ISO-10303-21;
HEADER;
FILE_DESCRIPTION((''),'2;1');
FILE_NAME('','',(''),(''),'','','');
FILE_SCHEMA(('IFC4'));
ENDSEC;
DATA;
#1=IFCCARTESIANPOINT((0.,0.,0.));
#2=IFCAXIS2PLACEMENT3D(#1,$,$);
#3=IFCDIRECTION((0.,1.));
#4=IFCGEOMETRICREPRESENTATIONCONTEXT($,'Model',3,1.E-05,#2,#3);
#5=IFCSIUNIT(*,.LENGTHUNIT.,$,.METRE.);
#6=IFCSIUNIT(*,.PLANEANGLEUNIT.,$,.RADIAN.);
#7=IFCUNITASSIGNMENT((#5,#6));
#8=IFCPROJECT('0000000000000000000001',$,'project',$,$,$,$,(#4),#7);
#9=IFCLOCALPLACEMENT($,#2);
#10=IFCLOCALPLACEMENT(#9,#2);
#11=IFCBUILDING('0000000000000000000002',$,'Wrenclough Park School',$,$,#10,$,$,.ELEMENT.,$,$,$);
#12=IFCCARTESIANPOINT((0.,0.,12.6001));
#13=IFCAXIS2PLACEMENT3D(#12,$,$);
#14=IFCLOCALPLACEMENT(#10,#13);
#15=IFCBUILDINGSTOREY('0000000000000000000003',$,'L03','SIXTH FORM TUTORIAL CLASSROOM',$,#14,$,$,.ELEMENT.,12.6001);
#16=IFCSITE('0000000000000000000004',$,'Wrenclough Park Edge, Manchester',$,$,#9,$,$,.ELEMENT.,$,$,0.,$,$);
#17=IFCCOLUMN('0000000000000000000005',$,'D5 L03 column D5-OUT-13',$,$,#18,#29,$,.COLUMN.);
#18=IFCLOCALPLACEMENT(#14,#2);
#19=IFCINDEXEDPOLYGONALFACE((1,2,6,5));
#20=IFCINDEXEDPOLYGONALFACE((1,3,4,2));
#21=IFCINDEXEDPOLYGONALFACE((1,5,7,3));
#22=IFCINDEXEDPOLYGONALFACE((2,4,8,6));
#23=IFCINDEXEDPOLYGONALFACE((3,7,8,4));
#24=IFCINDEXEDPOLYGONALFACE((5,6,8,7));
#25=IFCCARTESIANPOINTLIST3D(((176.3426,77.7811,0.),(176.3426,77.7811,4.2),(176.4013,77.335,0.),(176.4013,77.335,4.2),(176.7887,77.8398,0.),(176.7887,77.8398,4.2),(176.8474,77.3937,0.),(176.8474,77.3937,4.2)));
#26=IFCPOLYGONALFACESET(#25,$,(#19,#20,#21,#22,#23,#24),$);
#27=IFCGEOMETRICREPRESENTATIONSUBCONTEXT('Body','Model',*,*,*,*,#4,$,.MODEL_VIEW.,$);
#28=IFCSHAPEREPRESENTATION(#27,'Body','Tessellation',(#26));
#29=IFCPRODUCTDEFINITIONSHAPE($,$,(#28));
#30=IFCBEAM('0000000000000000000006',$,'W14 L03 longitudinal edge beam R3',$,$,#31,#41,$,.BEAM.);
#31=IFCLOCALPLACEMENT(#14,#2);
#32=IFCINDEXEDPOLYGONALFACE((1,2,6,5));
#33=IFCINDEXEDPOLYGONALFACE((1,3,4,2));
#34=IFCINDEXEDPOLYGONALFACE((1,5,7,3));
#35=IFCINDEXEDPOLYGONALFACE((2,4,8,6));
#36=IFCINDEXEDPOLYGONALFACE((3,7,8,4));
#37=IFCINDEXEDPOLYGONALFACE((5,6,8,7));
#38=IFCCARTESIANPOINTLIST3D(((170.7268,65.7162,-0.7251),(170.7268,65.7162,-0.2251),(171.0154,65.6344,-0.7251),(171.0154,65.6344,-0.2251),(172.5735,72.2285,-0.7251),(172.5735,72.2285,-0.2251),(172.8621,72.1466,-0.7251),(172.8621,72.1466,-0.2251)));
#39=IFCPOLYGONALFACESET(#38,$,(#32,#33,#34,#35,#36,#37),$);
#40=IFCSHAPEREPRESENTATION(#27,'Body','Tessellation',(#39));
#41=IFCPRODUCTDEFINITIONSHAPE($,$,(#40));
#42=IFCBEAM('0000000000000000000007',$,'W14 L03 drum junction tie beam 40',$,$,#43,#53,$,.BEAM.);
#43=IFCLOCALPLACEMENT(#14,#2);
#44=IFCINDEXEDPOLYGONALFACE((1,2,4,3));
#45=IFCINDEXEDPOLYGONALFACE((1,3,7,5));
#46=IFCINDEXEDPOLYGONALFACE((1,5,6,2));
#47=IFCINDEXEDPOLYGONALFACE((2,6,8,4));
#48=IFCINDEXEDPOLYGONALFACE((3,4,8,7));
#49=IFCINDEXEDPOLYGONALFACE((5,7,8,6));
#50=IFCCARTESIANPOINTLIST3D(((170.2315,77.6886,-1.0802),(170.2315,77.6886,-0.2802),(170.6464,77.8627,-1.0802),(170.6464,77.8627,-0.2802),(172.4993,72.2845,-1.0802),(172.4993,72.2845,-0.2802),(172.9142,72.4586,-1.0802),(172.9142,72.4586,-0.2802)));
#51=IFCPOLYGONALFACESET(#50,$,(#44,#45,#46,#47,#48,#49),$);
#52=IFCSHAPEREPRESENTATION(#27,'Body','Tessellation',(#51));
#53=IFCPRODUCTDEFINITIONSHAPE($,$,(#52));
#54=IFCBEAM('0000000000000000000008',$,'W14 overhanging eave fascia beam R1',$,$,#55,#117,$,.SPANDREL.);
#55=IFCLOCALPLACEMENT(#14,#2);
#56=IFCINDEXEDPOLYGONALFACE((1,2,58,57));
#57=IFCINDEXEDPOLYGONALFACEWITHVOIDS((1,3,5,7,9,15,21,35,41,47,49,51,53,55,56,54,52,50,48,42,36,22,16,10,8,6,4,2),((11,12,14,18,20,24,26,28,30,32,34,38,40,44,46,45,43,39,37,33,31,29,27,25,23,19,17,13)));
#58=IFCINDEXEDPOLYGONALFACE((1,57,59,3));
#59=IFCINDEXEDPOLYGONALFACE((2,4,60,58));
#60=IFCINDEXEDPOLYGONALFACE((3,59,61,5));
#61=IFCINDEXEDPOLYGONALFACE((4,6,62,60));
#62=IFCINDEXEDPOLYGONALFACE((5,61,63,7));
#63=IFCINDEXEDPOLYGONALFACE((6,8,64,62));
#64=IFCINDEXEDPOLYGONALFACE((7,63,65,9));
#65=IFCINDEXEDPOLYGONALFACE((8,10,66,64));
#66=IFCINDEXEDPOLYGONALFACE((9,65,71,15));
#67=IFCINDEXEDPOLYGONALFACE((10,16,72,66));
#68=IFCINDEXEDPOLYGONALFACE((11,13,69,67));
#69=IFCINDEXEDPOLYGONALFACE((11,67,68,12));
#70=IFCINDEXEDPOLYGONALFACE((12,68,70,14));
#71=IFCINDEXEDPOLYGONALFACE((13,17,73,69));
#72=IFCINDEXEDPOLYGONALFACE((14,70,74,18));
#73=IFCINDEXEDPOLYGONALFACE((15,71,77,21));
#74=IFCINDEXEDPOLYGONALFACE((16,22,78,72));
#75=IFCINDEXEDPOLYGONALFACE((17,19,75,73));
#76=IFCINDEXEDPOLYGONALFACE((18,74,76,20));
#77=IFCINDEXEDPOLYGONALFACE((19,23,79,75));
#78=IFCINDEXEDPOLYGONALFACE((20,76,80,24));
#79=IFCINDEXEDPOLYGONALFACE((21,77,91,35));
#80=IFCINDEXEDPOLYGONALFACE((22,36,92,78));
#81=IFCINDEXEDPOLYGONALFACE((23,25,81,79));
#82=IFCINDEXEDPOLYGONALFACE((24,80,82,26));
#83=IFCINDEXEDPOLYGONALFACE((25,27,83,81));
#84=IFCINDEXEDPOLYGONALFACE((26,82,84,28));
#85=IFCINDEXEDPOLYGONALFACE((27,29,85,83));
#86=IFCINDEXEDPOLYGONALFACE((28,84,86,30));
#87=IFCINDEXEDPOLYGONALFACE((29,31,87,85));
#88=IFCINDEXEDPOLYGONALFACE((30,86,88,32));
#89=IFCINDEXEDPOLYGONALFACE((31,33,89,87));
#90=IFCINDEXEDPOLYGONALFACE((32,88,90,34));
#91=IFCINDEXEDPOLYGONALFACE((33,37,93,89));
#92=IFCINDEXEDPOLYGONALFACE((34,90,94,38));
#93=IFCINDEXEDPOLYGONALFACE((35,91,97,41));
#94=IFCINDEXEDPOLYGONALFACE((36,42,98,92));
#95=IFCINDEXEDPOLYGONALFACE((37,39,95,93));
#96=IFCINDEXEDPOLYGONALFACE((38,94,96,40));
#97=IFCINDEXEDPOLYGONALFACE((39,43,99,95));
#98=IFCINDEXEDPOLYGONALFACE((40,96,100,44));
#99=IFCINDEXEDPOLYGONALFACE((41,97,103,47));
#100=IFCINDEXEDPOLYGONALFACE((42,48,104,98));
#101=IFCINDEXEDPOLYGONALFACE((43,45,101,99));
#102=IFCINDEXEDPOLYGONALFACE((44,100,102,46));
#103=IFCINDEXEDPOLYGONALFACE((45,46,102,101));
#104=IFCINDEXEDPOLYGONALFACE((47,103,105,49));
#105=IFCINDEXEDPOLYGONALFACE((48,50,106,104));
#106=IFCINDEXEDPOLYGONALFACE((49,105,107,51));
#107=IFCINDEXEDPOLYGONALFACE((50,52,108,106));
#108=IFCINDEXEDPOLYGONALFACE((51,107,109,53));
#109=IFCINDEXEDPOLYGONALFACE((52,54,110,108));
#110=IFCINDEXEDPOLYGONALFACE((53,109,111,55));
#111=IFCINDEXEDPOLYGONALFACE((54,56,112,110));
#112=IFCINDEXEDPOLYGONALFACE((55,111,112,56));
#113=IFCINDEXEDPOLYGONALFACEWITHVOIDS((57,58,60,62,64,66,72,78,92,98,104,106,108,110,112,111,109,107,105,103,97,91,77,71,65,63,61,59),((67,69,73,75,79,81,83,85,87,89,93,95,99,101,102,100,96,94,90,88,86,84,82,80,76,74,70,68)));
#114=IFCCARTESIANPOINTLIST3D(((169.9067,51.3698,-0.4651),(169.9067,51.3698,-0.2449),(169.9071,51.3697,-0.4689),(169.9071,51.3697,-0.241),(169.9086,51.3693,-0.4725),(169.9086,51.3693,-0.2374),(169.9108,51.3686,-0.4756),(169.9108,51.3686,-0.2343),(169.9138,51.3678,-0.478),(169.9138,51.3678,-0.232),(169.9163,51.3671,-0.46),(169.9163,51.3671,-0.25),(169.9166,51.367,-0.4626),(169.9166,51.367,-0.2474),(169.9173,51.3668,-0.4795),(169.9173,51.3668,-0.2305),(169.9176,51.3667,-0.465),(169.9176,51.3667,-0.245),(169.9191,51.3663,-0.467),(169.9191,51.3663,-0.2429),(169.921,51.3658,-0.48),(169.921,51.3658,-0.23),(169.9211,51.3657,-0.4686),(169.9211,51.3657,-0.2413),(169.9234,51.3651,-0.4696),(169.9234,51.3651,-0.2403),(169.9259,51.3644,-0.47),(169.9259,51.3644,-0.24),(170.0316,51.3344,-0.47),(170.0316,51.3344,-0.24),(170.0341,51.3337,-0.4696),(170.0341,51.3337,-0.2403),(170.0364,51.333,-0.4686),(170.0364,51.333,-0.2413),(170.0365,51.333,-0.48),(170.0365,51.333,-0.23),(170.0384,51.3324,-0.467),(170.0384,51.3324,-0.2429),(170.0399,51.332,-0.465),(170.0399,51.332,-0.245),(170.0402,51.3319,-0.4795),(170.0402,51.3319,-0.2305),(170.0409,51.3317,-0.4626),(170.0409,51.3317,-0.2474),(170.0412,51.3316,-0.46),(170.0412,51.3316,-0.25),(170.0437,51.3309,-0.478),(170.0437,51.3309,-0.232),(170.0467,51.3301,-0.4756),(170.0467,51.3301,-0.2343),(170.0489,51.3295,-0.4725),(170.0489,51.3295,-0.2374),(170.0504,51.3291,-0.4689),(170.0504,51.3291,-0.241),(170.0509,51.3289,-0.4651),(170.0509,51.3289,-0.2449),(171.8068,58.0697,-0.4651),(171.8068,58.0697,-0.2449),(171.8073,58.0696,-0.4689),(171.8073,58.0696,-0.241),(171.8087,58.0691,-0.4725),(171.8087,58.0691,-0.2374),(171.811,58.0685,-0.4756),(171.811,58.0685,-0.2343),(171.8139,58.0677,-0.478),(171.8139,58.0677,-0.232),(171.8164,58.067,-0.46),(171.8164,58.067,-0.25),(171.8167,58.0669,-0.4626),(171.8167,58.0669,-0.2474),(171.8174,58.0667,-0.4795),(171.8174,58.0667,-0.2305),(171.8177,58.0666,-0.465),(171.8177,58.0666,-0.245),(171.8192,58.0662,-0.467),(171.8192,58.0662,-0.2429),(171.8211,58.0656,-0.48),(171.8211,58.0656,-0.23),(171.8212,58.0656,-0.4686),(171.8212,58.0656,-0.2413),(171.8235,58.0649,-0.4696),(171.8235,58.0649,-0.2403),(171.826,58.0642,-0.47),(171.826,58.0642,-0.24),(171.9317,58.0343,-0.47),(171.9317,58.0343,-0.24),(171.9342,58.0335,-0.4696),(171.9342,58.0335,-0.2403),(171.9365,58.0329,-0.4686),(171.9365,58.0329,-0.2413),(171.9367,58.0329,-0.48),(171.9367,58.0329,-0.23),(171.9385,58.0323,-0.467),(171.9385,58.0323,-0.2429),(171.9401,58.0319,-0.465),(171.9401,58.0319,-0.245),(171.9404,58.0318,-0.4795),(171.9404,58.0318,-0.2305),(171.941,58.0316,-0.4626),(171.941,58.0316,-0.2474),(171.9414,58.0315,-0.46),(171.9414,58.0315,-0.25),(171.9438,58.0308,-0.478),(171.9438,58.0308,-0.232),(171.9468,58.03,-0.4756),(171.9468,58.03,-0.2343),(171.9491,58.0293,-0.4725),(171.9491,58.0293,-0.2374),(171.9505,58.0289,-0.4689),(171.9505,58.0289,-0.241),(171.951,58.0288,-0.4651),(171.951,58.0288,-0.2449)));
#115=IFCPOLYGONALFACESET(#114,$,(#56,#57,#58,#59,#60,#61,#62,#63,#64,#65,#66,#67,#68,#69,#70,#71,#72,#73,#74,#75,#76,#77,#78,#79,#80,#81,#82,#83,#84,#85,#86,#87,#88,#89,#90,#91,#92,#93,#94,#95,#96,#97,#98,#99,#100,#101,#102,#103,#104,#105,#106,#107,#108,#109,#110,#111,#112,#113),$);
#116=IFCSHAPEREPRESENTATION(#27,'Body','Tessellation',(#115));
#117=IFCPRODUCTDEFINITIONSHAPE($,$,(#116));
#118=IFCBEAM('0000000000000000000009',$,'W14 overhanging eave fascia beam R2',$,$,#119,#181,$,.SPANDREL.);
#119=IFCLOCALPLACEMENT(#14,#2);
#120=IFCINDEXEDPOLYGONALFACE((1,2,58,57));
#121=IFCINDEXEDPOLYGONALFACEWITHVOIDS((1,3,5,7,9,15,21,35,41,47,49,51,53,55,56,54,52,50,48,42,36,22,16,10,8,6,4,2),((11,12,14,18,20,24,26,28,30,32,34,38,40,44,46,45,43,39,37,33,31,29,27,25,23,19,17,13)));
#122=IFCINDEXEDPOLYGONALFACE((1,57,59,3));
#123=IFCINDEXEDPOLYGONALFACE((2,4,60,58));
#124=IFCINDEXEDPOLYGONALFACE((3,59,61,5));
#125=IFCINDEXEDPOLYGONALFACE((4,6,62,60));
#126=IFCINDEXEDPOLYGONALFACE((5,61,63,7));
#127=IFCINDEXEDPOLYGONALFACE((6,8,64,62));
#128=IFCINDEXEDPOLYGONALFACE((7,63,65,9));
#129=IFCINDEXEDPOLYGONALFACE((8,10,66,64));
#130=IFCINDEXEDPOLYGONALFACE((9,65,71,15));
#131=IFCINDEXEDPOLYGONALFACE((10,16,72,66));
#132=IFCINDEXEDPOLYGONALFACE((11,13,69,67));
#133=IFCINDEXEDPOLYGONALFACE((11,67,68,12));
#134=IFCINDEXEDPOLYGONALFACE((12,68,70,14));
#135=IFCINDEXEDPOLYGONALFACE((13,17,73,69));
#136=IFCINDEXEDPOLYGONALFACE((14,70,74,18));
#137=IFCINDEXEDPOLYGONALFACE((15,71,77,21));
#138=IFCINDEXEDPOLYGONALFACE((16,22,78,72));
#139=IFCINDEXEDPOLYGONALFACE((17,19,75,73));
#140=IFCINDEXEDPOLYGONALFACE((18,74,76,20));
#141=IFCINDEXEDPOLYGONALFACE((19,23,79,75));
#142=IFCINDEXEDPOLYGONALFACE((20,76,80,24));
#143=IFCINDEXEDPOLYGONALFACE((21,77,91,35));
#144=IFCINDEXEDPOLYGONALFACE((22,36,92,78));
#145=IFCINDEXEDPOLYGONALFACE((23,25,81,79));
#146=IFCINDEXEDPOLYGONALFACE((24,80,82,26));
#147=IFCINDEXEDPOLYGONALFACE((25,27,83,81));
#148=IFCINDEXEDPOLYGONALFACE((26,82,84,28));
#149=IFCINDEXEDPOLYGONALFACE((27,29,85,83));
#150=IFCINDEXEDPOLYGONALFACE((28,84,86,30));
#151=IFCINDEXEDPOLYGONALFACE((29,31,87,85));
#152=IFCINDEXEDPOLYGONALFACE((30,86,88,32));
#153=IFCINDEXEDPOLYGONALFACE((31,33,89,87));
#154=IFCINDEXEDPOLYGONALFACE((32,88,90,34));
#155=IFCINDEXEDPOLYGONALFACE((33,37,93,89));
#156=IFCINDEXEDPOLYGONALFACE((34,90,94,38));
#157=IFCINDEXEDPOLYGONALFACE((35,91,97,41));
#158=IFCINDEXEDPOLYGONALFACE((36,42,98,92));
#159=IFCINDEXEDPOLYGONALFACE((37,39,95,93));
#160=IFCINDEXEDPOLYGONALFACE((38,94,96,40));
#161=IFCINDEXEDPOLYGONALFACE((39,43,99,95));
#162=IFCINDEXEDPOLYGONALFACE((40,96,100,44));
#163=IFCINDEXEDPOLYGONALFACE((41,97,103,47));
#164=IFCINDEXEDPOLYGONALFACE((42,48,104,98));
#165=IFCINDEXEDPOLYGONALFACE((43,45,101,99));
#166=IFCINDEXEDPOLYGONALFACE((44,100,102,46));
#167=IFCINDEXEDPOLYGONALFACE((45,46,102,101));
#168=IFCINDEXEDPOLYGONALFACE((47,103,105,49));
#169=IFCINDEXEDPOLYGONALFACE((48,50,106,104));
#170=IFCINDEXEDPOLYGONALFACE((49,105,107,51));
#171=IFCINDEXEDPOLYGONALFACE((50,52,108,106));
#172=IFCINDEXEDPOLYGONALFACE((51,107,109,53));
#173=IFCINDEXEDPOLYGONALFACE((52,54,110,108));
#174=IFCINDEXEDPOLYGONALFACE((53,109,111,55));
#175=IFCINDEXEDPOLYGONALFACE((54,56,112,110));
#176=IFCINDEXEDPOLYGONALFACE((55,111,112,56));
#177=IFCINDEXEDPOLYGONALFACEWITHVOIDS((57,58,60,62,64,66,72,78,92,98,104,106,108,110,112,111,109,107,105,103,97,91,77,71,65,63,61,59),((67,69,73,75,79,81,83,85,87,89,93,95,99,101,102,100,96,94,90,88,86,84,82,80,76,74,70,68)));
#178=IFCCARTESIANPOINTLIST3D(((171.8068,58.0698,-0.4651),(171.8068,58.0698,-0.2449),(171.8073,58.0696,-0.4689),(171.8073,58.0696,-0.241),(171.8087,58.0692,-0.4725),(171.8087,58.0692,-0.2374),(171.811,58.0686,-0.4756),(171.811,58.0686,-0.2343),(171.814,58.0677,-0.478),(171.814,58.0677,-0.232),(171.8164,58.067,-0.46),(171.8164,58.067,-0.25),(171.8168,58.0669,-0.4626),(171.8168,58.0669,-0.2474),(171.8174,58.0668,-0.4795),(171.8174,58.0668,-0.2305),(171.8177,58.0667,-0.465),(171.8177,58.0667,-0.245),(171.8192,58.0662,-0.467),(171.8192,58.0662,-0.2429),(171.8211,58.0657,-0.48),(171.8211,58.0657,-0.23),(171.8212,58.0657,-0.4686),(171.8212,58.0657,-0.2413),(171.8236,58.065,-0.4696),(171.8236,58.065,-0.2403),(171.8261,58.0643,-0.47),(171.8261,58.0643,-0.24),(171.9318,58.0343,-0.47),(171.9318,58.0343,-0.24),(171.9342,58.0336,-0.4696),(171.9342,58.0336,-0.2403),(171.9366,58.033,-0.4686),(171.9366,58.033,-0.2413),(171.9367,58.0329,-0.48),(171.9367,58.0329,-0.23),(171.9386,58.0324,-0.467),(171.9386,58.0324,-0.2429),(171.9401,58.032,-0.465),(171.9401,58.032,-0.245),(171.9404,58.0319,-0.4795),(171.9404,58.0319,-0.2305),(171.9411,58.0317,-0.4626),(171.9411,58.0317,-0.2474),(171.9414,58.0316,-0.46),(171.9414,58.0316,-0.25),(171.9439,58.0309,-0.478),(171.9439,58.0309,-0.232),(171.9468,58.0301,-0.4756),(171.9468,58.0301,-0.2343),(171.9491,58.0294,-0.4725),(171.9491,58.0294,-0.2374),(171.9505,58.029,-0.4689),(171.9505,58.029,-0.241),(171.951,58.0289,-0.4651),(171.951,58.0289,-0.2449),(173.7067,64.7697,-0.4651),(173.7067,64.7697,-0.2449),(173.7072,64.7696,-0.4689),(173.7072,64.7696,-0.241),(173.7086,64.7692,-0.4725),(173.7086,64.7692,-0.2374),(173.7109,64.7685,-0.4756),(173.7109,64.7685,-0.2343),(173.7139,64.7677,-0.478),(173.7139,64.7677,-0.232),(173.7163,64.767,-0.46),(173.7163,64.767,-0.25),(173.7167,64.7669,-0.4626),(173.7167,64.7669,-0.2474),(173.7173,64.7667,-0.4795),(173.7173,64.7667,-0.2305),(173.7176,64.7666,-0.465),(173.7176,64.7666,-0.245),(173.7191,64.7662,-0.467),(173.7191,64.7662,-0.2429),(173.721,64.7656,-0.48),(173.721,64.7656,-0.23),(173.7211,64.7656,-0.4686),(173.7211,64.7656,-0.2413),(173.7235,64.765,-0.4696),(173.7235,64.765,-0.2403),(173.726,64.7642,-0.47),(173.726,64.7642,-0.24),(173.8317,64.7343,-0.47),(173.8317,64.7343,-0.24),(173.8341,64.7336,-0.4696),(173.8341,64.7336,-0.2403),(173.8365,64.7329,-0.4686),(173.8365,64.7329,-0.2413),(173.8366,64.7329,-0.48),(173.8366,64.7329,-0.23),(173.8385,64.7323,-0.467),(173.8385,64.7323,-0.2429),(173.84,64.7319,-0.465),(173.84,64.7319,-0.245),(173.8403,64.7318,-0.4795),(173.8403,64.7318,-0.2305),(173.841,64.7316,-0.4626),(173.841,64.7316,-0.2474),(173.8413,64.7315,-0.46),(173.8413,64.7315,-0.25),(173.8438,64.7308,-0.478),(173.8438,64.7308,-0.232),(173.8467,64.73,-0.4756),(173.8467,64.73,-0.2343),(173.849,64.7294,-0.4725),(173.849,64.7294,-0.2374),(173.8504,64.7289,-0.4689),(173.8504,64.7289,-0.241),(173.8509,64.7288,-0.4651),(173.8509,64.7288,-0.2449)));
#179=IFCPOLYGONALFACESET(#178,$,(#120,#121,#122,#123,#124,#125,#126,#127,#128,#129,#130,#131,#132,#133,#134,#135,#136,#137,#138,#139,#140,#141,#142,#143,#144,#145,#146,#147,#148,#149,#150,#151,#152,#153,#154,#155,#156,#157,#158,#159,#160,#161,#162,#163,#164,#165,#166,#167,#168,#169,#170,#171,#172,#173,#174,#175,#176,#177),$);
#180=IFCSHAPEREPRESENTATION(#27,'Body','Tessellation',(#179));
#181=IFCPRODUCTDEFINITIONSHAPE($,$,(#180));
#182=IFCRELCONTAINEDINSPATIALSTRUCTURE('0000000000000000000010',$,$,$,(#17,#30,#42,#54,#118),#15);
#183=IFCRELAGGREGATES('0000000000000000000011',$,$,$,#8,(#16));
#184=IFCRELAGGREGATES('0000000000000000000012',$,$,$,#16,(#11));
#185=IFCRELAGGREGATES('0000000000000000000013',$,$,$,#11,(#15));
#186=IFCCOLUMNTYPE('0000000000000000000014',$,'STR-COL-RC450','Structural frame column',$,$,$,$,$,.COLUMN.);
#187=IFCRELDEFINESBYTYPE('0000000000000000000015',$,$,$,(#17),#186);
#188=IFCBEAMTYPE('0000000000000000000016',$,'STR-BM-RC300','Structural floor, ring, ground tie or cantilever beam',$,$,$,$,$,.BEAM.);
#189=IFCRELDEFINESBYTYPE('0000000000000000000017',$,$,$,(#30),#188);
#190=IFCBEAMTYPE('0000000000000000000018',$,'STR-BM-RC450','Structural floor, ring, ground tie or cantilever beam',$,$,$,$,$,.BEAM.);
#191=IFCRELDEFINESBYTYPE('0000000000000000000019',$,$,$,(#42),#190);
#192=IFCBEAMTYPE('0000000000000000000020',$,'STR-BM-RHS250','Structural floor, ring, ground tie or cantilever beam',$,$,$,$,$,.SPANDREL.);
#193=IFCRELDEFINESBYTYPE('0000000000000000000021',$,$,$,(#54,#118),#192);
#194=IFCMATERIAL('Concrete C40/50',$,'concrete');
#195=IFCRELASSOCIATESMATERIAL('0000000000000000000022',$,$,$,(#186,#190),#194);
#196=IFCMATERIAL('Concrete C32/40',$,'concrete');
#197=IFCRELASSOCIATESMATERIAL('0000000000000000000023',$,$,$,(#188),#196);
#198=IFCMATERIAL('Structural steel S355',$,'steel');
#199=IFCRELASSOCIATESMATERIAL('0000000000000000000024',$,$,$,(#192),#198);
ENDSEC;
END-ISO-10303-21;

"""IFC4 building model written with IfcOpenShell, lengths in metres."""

from ifc_helpers import new_model, si_unit, direction, frame, origin, origin_2d, place, context, subcontext, project, spatial, rectangle, hollow_rectangle, extrude, material, material_profile, profile_set, type_object, element, save


model = new_model("IFC4")

# Units and contexts
model_context = context("Model", 3, precision=1e-05, world=origin(), true_north=direction((0.0, 1.0)))
body_context = subcontext(model_context, "Body", "Model", "MODEL_VIEW")
ifc_project = project(units=[si_unit("LENGTHUNIT", "METRE"), si_unit("PLANEANGLEUNIT", "RADIAN")], contexts=[model_context])

# Site, building, storey
site_placement = place(None, origin())
site = spatial("IfcSite", under=ifc_project, at=site_placement, Name="Wrenclough Park Edge, Manchester", CompositionType="ELEMENT", RefElevation=0.0)
building_placement = place(site_placement, origin())
building = spatial("IfcBuilding", under=site, at=building_placement, Name="Wrenclough Park School", CompositionType="ELEMENT")
storey_placement = place(building_placement, frame((0.0, 0.0, 12.6001)))
storey = spatial("IfcBuildingStorey", under=building, at=storey_placement, Name="L03", Description="SIXTH FORM TUTORIAL CLASSROOM", CompositionType="ELEMENT", Elevation=12.6001)

# Column
ifc_material_1 = material(Name="Concrete C40/50", Category="concrete")
ifc_material_profile_1 = material_profile(ifc_material_1, rectangle(XDim=0.45, YDim=0.45, at=origin_2d()), Name="RC COL 450x450")
ifc_profile_set_1 = profile_set([ifc_material_profile_1], Name="Concrete C40/50")
column_type = type_object("IfcColumnType", Name="STR-COL-RC450", Description="Structural frame column", PredefinedType="COLUMN", material=ifc_profile_set_1)
column_placement = place(storey_placement, frame((176.595, 77.5874, 0.0), z_axis=(0.0, 0.0, 1.0), x_axis=(0.991445, 0.130526, 0.0)))
element("IfcColumn", 1, at=column_placement, inside=storey, type_object=column_type, Name="D5 L03 column D5-OUT-13", PredefinedType="COLUMN", context=body_context, shape_type="SweptSolid", body=[
    extrude(rectangle(XDim=0.45, YDim=0.45, at=origin_2d()), origin(), (0.0, 0.0, 1.0), 4.2),
])

# Beams
ifc_material_2 = material(Name="Concrete C32/40", Category="concrete")
ifc_material_profile_2 = material_profile(ifc_material_2, rectangle(XDim=0.3, YDim=0.5, at=origin_2d()), Name="RC BEAM 300x500")
ifc_profile_set_2 = profile_set([ifc_material_profile_2], Name="Concrete C32/40")
beam_type_1 = type_object("IfcBeamType", Name="STR-BM-RC300", Description="Structural floor, ring, ground tie or cantilever beam", PredefinedType="BEAM", material=ifc_profile_set_2)
beam_1_placement = place(storey_placement, frame((170.8711, 65.6753, -0.4751), z_axis=(0.272815, 0.962066, 0.0), x_axis=(-0.962066, 0.272815, 0.0)))
element("IfcBeam", 2, at=beam_1_placement, inside=storey, type_object=beam_type_1, Name="W14 L03 longitudinal edge beam R3", PredefinedType="BEAM", context=body_context, shape_type="SweptSolid", body=[
    extrude(rectangle(XDim=0.3, YDim=0.5, at=origin_2d()), origin(), (0.0, 0.0, 1.0), 6.769),
])
ifc_material_profile_3 = material_profile(ifc_material_1, rectangle(XDim=0.45, YDim=0.8, at=origin_2d()), Name="RC BEAM 450x800")
ifc_profile_set_3 = profile_set([ifc_material_profile_3], Name="Concrete C40/50")
beam_type_2 = type_object("IfcBeamType", Name="STR-BM-RC450", Description="Structural floor, ring, ground tie or cantilever beam", PredefinedType="BEAM", material=ifc_profile_set_3)
beam_2_placement = place(storey_placement, frame((172.7068, 72.3716, -0.6802), z_axis=(-0.38696, 0.922097, 0.0), x_axis=(-0.922097, -0.38696, 0.0)))
element("IfcBeam", 3, at=beam_2_placement, inside=storey, type_object=beam_type_2, Name="W14 L03 drum junction tie beam 40", PredefinedType="BEAM", context=body_context, shape_type="SweptSolid", body=[
    extrude(rectangle(XDim=0.45, YDim=0.8, at=origin_2d()), origin(), (0.0, 0.0, 1.0), 5.8606),
])
ifc_material_3 = material(Name="Structural steel S355", Category="steel")
ifc_material_profile_4 = material_profile(ifc_material_3, hollow_rectangle(XDim=0.1499, YDim=0.25, WallThickness=0.01, InnerFilletRadius=0.01, OuterFilletRadius=0.0149, at=origin_2d()), Name="RHS 250x150x10.0")
ifc_profile_set_4 = profile_set([ifc_material_profile_4], Name="Structural steel S355")
beam_type_3 = type_object("IfcBeamType", Name="STR-BM-RHS250", Description="Structural floor, ring, ground tie or cantilever beam", PredefinedType="SPANDREL", material=ifc_profile_set_4)
for number, where, z_axis, x_axis, name in (
    (4, (169.9788, 51.3494, -0.355), (0.272845, 0.962058, 0.0), (-0.962058, 0.272845, 0.0), "W14 overhanging eave fascia beam R1"),
    (5, (171.8789, 58.0493, -0.355), (0.272813, 0.962067, 0.0), (-0.962067, 0.272813, 0.0), "W14 overhanging eave fascia beam R2"),
):
    element("IfcBeam", number, at=place(storey_placement, frame(where, z_axis=z_axis, x_axis=x_axis)), inside=storey, type_object=beam_type_3, Name=name, PredefinedType="SPANDREL", context=body_context, shape_type="SweptSolid", body=[
        extrude(hollow_rectangle(XDim=0.1499, YDim=0.25, WallThickness=0.01, InnerFilletRadius=0.01, OuterFilletRadius=0.0149, at=origin_2d()), origin(), (0.0, 0.0, 1.0), 6.9641),
    ])

save(model, "model.ifc")
